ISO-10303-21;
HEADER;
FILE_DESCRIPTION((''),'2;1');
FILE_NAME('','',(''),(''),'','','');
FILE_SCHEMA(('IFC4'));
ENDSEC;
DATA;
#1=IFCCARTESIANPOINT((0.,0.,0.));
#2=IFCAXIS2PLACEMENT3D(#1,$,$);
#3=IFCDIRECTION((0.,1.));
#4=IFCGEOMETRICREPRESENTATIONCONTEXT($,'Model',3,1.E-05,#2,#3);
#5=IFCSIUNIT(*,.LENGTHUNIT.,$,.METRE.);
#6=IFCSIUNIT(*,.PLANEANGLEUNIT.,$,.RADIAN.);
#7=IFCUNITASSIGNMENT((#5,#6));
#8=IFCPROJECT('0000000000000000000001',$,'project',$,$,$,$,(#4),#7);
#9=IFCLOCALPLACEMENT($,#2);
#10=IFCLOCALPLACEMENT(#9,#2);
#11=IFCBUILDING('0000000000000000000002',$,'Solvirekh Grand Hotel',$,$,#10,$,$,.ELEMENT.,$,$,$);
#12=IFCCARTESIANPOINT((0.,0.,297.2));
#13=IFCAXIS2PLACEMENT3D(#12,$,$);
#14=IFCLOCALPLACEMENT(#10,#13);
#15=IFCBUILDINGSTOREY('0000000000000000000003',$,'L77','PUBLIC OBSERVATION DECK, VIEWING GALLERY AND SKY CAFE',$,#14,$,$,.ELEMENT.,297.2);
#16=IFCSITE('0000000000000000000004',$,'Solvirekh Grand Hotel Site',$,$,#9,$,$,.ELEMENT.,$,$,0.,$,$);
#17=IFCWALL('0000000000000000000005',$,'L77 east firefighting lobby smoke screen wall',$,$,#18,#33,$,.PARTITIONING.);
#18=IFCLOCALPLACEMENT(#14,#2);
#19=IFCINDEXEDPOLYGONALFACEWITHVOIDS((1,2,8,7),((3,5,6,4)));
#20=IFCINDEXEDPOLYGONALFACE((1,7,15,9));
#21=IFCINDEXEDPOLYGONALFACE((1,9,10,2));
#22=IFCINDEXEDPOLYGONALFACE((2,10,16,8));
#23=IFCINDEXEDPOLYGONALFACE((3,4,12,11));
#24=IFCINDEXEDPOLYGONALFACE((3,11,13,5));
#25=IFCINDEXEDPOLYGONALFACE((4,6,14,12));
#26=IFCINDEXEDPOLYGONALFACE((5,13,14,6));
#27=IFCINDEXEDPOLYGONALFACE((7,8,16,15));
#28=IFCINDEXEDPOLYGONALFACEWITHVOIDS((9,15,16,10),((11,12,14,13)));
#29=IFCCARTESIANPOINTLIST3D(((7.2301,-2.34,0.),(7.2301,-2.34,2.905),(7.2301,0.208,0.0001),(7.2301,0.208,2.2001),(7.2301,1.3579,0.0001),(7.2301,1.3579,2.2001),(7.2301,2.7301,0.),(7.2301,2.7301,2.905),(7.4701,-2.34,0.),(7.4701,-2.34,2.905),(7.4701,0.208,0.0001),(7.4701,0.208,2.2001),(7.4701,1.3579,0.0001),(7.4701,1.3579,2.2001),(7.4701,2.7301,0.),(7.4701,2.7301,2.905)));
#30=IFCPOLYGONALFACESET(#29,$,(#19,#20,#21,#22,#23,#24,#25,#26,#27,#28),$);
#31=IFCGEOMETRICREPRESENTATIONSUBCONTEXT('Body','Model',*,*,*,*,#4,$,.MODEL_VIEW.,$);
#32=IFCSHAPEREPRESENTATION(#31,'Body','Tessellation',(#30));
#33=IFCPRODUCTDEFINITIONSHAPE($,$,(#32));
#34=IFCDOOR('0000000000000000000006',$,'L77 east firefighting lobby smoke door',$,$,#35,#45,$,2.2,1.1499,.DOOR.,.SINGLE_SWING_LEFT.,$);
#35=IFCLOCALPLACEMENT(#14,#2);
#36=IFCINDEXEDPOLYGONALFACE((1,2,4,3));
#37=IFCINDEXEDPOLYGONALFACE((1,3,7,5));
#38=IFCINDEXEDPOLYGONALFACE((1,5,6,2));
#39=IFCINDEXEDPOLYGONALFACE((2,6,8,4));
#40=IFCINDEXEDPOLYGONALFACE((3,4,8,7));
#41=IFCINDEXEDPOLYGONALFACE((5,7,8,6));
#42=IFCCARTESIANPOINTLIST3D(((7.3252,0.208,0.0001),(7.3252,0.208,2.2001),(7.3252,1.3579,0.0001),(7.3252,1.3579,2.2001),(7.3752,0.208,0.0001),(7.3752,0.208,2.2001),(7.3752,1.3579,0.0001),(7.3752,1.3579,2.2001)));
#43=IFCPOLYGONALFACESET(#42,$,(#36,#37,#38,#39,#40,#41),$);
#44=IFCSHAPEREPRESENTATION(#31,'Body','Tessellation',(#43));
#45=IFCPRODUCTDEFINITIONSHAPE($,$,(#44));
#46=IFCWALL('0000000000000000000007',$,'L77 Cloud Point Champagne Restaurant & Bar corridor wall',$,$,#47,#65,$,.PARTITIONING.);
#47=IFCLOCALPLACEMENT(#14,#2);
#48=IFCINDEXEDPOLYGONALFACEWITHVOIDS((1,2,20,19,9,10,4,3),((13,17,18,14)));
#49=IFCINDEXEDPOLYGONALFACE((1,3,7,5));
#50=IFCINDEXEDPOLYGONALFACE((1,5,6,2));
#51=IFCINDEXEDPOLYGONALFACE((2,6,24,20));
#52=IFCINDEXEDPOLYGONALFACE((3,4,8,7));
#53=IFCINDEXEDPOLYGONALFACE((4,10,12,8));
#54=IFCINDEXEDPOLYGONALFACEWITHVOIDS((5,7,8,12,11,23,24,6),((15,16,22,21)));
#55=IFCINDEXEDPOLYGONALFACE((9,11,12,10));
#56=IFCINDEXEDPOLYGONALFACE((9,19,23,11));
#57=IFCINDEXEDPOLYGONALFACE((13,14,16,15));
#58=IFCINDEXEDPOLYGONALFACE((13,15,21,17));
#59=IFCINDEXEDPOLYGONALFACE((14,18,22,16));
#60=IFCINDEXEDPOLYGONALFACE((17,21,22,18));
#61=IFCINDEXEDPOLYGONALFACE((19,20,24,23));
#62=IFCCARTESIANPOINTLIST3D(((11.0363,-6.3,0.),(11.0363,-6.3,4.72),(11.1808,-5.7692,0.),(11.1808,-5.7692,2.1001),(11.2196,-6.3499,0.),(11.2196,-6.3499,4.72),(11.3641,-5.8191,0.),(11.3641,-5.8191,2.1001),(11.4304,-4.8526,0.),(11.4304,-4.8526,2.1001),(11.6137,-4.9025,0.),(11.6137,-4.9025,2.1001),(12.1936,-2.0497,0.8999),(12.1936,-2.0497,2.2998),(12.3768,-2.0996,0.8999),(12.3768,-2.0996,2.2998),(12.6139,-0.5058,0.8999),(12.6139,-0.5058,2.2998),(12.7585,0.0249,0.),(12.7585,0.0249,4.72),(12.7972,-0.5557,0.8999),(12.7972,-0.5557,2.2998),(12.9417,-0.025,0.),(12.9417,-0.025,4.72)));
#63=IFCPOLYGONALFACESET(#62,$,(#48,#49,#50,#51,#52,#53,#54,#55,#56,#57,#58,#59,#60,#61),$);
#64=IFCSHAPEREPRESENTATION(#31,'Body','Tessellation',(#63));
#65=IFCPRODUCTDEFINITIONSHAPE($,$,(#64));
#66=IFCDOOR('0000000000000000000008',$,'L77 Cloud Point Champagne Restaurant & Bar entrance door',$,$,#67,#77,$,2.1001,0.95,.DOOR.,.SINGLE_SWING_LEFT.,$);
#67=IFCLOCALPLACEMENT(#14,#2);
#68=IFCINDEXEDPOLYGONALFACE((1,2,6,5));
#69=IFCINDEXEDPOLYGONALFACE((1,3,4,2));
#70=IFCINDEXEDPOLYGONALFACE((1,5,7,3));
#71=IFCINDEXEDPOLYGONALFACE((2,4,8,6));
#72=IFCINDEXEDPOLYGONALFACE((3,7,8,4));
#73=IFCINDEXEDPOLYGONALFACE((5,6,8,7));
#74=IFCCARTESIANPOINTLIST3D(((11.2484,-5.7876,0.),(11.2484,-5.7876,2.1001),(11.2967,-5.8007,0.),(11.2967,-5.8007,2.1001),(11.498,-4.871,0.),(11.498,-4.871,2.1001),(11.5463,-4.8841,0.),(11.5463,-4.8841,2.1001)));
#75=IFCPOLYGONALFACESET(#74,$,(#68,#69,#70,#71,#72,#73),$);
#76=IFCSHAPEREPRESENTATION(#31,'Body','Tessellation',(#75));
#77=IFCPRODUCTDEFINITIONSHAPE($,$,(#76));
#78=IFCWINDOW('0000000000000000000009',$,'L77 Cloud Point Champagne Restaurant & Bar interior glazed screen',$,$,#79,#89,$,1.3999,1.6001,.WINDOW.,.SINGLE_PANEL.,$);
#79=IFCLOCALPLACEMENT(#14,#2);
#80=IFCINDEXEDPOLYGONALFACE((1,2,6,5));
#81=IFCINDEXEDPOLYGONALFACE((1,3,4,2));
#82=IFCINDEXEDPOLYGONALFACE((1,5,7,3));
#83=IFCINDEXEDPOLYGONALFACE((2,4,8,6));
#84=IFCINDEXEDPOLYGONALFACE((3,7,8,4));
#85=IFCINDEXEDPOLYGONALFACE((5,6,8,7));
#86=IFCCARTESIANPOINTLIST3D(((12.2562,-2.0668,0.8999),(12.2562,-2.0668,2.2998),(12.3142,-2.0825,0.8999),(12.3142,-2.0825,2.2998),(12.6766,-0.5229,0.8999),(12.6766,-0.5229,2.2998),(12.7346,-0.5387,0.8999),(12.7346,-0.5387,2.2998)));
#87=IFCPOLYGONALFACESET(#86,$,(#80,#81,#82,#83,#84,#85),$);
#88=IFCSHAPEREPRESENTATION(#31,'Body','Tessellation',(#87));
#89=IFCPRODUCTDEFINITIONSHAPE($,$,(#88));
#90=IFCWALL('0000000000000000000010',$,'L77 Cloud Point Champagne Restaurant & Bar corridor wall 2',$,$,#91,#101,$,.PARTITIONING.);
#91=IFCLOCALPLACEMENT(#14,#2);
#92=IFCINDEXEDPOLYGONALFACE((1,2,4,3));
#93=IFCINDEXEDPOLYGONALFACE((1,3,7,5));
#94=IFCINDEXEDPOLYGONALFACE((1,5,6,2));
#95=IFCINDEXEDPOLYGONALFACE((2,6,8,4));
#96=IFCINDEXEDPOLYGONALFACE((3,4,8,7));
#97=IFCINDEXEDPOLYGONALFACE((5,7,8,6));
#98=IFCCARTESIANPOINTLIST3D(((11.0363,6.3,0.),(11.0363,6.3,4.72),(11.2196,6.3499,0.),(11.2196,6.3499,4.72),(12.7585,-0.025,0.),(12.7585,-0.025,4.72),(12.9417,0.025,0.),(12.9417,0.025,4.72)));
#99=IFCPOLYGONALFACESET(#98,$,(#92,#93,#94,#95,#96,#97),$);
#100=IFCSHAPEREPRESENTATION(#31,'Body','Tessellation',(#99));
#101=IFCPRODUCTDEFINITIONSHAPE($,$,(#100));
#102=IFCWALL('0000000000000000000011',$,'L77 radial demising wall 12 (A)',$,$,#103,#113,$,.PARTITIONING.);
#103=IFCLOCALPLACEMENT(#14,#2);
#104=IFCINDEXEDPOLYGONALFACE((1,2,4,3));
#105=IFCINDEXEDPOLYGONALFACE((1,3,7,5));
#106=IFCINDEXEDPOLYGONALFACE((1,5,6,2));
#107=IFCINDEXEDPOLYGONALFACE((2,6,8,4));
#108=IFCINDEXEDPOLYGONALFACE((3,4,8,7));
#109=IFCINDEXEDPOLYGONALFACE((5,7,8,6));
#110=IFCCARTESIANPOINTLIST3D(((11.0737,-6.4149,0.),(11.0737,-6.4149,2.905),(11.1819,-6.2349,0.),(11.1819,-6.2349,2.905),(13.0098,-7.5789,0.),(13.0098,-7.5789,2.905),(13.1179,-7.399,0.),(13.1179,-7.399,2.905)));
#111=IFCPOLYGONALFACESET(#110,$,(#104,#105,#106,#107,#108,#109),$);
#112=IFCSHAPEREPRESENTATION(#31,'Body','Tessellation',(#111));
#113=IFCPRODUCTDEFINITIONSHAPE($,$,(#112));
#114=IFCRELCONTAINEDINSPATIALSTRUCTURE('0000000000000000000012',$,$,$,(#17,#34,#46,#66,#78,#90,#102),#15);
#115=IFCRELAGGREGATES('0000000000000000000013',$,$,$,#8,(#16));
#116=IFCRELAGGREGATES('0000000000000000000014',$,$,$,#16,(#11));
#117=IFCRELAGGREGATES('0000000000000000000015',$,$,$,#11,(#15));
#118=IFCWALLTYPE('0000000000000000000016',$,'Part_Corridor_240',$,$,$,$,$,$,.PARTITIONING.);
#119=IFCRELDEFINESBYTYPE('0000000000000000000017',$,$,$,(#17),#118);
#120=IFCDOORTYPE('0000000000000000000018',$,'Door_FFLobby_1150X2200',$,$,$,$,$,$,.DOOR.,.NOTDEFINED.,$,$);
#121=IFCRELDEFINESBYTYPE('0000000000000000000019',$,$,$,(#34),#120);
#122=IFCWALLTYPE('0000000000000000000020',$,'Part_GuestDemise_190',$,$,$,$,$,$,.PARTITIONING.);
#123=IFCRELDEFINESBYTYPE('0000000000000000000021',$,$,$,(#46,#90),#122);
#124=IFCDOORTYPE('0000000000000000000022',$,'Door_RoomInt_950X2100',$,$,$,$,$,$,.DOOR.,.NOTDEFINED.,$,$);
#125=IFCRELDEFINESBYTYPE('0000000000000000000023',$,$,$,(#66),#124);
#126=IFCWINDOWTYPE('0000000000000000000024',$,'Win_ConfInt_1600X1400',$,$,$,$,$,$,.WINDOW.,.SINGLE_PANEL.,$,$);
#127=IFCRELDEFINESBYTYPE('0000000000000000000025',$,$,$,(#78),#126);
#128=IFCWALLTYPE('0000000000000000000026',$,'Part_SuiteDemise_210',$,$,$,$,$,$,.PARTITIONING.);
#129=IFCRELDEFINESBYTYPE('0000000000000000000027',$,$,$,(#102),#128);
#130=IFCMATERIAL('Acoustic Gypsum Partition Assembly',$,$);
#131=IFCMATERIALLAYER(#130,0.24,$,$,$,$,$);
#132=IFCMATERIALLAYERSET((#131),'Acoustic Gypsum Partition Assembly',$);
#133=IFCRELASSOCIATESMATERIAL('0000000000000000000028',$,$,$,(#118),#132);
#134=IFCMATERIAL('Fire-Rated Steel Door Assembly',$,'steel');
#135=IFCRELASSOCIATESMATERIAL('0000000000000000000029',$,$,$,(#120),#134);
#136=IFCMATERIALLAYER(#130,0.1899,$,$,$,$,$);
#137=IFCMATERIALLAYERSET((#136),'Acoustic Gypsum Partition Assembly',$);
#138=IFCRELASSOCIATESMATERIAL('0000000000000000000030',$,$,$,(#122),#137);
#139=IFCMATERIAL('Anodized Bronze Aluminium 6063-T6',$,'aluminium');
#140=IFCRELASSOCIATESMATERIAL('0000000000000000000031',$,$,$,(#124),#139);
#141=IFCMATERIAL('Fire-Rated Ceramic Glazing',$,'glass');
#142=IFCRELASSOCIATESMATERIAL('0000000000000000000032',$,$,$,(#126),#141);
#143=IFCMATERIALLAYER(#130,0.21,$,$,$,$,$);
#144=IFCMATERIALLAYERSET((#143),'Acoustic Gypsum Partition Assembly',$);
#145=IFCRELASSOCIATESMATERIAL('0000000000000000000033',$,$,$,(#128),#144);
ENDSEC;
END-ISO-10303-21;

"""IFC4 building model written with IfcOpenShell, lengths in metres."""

from ifc_helpers import new_model, si_unit, direction, frame, frame_2d, origin, place, context, subcontext, project, spatial, rectangle, extrude, material, layer, layer_set, type_object, element, fill, save


model = new_model("IFC4")

# Units and contexts
model_context = context("Model", 3, precision=1e-05, world=origin(), true_north=direction((0.0, 1.0)))
body_context = subcontext(model_context, "Body", "Model", "MODEL_VIEW")
ifc_project = project(units=[si_unit("LENGTHUNIT", "METRE"), si_unit("PLANEANGLEUNIT", "RADIAN")], contexts=[model_context])

# Site, building, storey
site_placement = place(None, origin())
site = spatial("IfcSite", under=ifc_project, at=site_placement, Name="Solvirekh Grand Hotel Site", CompositionType="ELEMENT", RefElevation=0.0)
building_placement = place(site_placement, origin())
building = spatial("IfcBuilding", under=site, at=building_placement, Name="Solvirekh Grand Hotel", CompositionType="ELEMENT")
storey_placement = place(building_placement, frame((0.0, 0.0, 297.2)))
storey = spatial("IfcBuildingStorey", under=building, at=storey_placement, Name="L77", Description="PUBLIC OBSERVATION DECK, VIEWING GALLERY AND SKY CAFE", CompositionType="ELEMENT", Elevation=297.2)

# Shared definitions
ifc_material_1 = material(Name="Anodized Bronze Aluminium 6063-T6", Category="aluminium")

# Wall, opening, door
ifc_material_2 = material(Name="Acoustic Gypsum Partition Assembly")
ifc_layer_1 = layer(ifc_material_2, 0.24)
ifc_layer_set_1 = layer_set([ifc_layer_1], Name="Acoustic Gypsum Partition Assembly")
wall_type_1 = type_object("IfcWallType", Name="Part_Corridor_240", PredefinedType="PARTITIONING", material=ifc_layer_set_1)
wall_1_placement = place(storey_placement, frame((7.3501, -2.3401, 0.0), z_axis=(0.0, 0.0, 1.0), x_axis=(0.0, 1.0, 0.0)))
wall_1 = element("IfcWall", 1, at=wall_1_placement, inside=storey, type_object=wall_type_1, Name="L77 east firefighting lobby smoke screen wall", PredefinedType="PARTITIONING", context=body_context, shape_type="SweptSolid", body=[
    extrude(rectangle(XDim=5.0701, YDim=0.24, at=frame_2d((2.5352, 0.0))), origin(), (0.0, 0.0, 1.0), 2.905),
])
opening_1_placement = place(wall_1_placement, frame((2.5481, 0.0, 0.0)))
opening_1 = element("IfcOpeningElement", 2, at=opening_1_placement, cuts=wall_1, PredefinedType="OPENING", context=body_context, shape_type="SweptSolid", body=[
    extrude(rectangle(XDim=1.1499, YDim=2.2, at=frame_2d((0.575, 1.1001))), frame((0.0, 0.1299, 0.0), z_axis=(0.0, -1.0, 0.0), x_axis=(1.0, 0.0, 0.0)), (0.0, 0.0, 1.0), 0.26),
])
ifc_material_3 = material(Name="Fire-Rated Steel Door Assembly", Category="steel")
door_type_1 = type_object("IfcDoorType", Name="Door_FFLobby_1150X2200", OperationType="NOTDEFINED", PredefinedType="DOOR", material=ifc_material_3)
door_1_placement = place(opening_1_placement, origin())
door_1 = element("IfcDoor", 3, at=door_1_placement, inside=storey, type_object=door_type_1, Name="L77 east firefighting lobby smoke door", OperationType="SINGLE_SWING_LEFT", OverallHeight=2.2, OverallWidth=1.1499, PredefinedType="DOOR", context=body_context, shape_type="SweptSolid", body=[
    extrude(rectangle(XDim=1.1499, YDim=2.2, at=frame_2d((0.575, 1.1001))), frame((0.0, 0.0249, 0.0), z_axis=(0.0, -1.0, 0.0), x_axis=(1.0, 0.0, 0.0)), (0.0, 0.0, 1.0), 0.05),
])
fill(opening_1, door_1)

# Wall, openings, door, window
ifc_layer_2 = layer(ifc_material_2, 0.1899)
ifc_layer_set_2 = layer_set([ifc_layer_2], Name="Acoustic Gypsum Partition Assembly")
wall_type_2 = type_object("IfcWallType", Name="Part_GuestDemise_190", PredefinedType="PARTITIONING", material=ifc_layer_set_2)
wall_2_placement = place(storey_placement, frame((11.1279, -6.325, 0.0), z_axis=(0.0, 0.0, 1.0), x_axis=(0.262717, 0.964873, 0.0)))
wall_2 = element("IfcWall", 4, at=wall_2_placement, inside=storey, type_object=wall_type_2, Name="L77 Cloud Point Champagne Restaurant & Bar corridor wall", PredefinedType="PARTITIONING", context=body_context, shape_type="SweptSolid", body=[
    extrude(rectangle(XDim=6.5552, YDim=0.1899, at=frame_2d((3.2776, 0.0))), origin(), (0.0, 0.0, 1.0), 4.72),
])
opening_2_placement = place(wall_2_placement, frame((0.55, 0.0, 0.0)))
opening_2 = element("IfcOpeningElement", 5, at=opening_2_placement, cuts=wall_2, PredefinedType="OPENING", context=body_context, shape_type="SweptSolid", body=[
    extrude(rectangle(XDim=0.95, YDim=2.1001, at=frame_2d((0.4751, 1.05))), frame((0.0, 0.105, 0.0), z_axis=(0.0, -1.0, 0.0), x_axis=(1.0, 0.0, 0.0)), (0.0, 0.0, 1.0), 0.21),
])
opening_3_placement = place(wall_2_placement, frame((4.405, 0.0, 0.8999)))
opening_3 = element("IfcOpeningElement", 6, at=opening_3_placement, cuts=wall_2, PredefinedType="OPENING", context=body_context, shape_type="SweptSolid", body=[
    extrude(rectangle(XDim=1.6001, YDim=1.3999, at=frame_2d((0.8, 0.7))), frame((0.0, 0.105, 0.0), z_axis=(0.0, -1.0, 0.0), x_axis=(1.0, 0.0, 0.0)), (0.0, 0.0, 1.0), 0.21),
])
door_type_2 = type_object("IfcDoorType", Name="Door_RoomInt_950X2100", OperationType="NOTDEFINED", PredefinedType="DOOR", material=ifc_material_1)
door_2_placement = place(opening_2_placement, origin())
door_2 = element("IfcDoor", 7, at=door_2_placement, inside=storey, type_object=door_type_2, Name="L77 Cloud Point Champagne Restaurant & Bar entrance door", OperationType="SINGLE_SWING_LEFT", OverallHeight=2.1001, OverallWidth=0.95, PredefinedType="DOOR", context=body_context, shape_type="SweptSolid", body=[
    extrude(rectangle(XDim=0.95, YDim=2.1001, at=frame_2d((0.4751, 1.05))), frame((0.0, 0.0249, 0.0), z_axis=(0.0, -1.0, 0.0), x_axis=(1.0, 0.0, 0.0)), (0.0, 0.0, 1.0), 0.05),
])
fill(opening_2, door_2)
ifc_material_4 = material(Name="Fire-Rated Ceramic Glazing", Category="glass")
window_type = type_object("IfcWindowType", Name="Win_ConfInt_1600X1400", PartitioningType="SINGLE_PANEL", PredefinedType="WINDOW", material=ifc_material_4)
window_placement = place(opening_3_placement, origin())
window = element("IfcWindow", 8, at=window_placement, inside=storey, type_object=window_type, Name="L77 Cloud Point Champagne Restaurant & Bar interior glazed screen", OverallHeight=1.3999, OverallWidth=1.6001, PartitioningType="SINGLE_PANEL", PredefinedType="WINDOW", context=body_context, shape_type="SweptSolid", body=[
    extrude(rectangle(XDim=1.6001, YDim=1.3999, at=frame_2d((0.8, 0.7))), frame((0.0, 0.03, 0.0), z_axis=(0.0, -1.0, 0.0), x_axis=(1.0, 0.0, 0.0)), (0.0, 0.0, 1.0), 0.0601),
])
fill(opening_3, window)

# Walls
wall_3_placement = place(storey_placement, frame((12.8501, 0.0, 0.0), z_axis=(0.0, 0.0, 1.0), x_axis=(-0.262717, 0.964873, 0.0)))
element("IfcWall", 9, at=wall_3_placement, inside=storey, type_object=wall_type_2, Name="L77 Cloud Point Champagne Restaurant & Bar corridor wall 2", PredefinedType="PARTITIONING", context=body_context, shape_type="SweptSolid", body=[
    extrude(rectangle(XDim=6.5552, YDim=0.1899, at=frame_2d((3.2776, 0.0))), origin(), (0.0, 0.0, 1.0), 4.72),
])
ifc_layer_3 = layer(ifc_material_2, 0.21)
ifc_layer_set_3 = layer_set([ifc_layer_3], Name="Acoustic Gypsum Partition Assembly")
wall_type_3 = type_object("IfcWallType", Name="Part_SuiteDemise_210", PredefinedType="PARTITIONING", material=ifc_layer_set_3)
wall_4_placement = place(storey_placement, frame((11.1279, -6.325, 0.0), z_axis=(0.0, 0.0, 1.0), x_axis=(0.857016, -0.51529, 0.0)))
element("IfcWall", 10, at=wall_4_placement, inside=storey, type_object=wall_type_3, Name="L77 radial demising wall 12 (A)", PredefinedType="PARTITIONING", context=body_context, shape_type="SweptSolid", body=[
    extrude(rectangle(XDim=2.259, YDim=0.21, at=frame_2d((1.1294, 0.0))), origin(), (0.0, 0.0, 1.0), 2.905),
])

save(model, "model.ifc")
